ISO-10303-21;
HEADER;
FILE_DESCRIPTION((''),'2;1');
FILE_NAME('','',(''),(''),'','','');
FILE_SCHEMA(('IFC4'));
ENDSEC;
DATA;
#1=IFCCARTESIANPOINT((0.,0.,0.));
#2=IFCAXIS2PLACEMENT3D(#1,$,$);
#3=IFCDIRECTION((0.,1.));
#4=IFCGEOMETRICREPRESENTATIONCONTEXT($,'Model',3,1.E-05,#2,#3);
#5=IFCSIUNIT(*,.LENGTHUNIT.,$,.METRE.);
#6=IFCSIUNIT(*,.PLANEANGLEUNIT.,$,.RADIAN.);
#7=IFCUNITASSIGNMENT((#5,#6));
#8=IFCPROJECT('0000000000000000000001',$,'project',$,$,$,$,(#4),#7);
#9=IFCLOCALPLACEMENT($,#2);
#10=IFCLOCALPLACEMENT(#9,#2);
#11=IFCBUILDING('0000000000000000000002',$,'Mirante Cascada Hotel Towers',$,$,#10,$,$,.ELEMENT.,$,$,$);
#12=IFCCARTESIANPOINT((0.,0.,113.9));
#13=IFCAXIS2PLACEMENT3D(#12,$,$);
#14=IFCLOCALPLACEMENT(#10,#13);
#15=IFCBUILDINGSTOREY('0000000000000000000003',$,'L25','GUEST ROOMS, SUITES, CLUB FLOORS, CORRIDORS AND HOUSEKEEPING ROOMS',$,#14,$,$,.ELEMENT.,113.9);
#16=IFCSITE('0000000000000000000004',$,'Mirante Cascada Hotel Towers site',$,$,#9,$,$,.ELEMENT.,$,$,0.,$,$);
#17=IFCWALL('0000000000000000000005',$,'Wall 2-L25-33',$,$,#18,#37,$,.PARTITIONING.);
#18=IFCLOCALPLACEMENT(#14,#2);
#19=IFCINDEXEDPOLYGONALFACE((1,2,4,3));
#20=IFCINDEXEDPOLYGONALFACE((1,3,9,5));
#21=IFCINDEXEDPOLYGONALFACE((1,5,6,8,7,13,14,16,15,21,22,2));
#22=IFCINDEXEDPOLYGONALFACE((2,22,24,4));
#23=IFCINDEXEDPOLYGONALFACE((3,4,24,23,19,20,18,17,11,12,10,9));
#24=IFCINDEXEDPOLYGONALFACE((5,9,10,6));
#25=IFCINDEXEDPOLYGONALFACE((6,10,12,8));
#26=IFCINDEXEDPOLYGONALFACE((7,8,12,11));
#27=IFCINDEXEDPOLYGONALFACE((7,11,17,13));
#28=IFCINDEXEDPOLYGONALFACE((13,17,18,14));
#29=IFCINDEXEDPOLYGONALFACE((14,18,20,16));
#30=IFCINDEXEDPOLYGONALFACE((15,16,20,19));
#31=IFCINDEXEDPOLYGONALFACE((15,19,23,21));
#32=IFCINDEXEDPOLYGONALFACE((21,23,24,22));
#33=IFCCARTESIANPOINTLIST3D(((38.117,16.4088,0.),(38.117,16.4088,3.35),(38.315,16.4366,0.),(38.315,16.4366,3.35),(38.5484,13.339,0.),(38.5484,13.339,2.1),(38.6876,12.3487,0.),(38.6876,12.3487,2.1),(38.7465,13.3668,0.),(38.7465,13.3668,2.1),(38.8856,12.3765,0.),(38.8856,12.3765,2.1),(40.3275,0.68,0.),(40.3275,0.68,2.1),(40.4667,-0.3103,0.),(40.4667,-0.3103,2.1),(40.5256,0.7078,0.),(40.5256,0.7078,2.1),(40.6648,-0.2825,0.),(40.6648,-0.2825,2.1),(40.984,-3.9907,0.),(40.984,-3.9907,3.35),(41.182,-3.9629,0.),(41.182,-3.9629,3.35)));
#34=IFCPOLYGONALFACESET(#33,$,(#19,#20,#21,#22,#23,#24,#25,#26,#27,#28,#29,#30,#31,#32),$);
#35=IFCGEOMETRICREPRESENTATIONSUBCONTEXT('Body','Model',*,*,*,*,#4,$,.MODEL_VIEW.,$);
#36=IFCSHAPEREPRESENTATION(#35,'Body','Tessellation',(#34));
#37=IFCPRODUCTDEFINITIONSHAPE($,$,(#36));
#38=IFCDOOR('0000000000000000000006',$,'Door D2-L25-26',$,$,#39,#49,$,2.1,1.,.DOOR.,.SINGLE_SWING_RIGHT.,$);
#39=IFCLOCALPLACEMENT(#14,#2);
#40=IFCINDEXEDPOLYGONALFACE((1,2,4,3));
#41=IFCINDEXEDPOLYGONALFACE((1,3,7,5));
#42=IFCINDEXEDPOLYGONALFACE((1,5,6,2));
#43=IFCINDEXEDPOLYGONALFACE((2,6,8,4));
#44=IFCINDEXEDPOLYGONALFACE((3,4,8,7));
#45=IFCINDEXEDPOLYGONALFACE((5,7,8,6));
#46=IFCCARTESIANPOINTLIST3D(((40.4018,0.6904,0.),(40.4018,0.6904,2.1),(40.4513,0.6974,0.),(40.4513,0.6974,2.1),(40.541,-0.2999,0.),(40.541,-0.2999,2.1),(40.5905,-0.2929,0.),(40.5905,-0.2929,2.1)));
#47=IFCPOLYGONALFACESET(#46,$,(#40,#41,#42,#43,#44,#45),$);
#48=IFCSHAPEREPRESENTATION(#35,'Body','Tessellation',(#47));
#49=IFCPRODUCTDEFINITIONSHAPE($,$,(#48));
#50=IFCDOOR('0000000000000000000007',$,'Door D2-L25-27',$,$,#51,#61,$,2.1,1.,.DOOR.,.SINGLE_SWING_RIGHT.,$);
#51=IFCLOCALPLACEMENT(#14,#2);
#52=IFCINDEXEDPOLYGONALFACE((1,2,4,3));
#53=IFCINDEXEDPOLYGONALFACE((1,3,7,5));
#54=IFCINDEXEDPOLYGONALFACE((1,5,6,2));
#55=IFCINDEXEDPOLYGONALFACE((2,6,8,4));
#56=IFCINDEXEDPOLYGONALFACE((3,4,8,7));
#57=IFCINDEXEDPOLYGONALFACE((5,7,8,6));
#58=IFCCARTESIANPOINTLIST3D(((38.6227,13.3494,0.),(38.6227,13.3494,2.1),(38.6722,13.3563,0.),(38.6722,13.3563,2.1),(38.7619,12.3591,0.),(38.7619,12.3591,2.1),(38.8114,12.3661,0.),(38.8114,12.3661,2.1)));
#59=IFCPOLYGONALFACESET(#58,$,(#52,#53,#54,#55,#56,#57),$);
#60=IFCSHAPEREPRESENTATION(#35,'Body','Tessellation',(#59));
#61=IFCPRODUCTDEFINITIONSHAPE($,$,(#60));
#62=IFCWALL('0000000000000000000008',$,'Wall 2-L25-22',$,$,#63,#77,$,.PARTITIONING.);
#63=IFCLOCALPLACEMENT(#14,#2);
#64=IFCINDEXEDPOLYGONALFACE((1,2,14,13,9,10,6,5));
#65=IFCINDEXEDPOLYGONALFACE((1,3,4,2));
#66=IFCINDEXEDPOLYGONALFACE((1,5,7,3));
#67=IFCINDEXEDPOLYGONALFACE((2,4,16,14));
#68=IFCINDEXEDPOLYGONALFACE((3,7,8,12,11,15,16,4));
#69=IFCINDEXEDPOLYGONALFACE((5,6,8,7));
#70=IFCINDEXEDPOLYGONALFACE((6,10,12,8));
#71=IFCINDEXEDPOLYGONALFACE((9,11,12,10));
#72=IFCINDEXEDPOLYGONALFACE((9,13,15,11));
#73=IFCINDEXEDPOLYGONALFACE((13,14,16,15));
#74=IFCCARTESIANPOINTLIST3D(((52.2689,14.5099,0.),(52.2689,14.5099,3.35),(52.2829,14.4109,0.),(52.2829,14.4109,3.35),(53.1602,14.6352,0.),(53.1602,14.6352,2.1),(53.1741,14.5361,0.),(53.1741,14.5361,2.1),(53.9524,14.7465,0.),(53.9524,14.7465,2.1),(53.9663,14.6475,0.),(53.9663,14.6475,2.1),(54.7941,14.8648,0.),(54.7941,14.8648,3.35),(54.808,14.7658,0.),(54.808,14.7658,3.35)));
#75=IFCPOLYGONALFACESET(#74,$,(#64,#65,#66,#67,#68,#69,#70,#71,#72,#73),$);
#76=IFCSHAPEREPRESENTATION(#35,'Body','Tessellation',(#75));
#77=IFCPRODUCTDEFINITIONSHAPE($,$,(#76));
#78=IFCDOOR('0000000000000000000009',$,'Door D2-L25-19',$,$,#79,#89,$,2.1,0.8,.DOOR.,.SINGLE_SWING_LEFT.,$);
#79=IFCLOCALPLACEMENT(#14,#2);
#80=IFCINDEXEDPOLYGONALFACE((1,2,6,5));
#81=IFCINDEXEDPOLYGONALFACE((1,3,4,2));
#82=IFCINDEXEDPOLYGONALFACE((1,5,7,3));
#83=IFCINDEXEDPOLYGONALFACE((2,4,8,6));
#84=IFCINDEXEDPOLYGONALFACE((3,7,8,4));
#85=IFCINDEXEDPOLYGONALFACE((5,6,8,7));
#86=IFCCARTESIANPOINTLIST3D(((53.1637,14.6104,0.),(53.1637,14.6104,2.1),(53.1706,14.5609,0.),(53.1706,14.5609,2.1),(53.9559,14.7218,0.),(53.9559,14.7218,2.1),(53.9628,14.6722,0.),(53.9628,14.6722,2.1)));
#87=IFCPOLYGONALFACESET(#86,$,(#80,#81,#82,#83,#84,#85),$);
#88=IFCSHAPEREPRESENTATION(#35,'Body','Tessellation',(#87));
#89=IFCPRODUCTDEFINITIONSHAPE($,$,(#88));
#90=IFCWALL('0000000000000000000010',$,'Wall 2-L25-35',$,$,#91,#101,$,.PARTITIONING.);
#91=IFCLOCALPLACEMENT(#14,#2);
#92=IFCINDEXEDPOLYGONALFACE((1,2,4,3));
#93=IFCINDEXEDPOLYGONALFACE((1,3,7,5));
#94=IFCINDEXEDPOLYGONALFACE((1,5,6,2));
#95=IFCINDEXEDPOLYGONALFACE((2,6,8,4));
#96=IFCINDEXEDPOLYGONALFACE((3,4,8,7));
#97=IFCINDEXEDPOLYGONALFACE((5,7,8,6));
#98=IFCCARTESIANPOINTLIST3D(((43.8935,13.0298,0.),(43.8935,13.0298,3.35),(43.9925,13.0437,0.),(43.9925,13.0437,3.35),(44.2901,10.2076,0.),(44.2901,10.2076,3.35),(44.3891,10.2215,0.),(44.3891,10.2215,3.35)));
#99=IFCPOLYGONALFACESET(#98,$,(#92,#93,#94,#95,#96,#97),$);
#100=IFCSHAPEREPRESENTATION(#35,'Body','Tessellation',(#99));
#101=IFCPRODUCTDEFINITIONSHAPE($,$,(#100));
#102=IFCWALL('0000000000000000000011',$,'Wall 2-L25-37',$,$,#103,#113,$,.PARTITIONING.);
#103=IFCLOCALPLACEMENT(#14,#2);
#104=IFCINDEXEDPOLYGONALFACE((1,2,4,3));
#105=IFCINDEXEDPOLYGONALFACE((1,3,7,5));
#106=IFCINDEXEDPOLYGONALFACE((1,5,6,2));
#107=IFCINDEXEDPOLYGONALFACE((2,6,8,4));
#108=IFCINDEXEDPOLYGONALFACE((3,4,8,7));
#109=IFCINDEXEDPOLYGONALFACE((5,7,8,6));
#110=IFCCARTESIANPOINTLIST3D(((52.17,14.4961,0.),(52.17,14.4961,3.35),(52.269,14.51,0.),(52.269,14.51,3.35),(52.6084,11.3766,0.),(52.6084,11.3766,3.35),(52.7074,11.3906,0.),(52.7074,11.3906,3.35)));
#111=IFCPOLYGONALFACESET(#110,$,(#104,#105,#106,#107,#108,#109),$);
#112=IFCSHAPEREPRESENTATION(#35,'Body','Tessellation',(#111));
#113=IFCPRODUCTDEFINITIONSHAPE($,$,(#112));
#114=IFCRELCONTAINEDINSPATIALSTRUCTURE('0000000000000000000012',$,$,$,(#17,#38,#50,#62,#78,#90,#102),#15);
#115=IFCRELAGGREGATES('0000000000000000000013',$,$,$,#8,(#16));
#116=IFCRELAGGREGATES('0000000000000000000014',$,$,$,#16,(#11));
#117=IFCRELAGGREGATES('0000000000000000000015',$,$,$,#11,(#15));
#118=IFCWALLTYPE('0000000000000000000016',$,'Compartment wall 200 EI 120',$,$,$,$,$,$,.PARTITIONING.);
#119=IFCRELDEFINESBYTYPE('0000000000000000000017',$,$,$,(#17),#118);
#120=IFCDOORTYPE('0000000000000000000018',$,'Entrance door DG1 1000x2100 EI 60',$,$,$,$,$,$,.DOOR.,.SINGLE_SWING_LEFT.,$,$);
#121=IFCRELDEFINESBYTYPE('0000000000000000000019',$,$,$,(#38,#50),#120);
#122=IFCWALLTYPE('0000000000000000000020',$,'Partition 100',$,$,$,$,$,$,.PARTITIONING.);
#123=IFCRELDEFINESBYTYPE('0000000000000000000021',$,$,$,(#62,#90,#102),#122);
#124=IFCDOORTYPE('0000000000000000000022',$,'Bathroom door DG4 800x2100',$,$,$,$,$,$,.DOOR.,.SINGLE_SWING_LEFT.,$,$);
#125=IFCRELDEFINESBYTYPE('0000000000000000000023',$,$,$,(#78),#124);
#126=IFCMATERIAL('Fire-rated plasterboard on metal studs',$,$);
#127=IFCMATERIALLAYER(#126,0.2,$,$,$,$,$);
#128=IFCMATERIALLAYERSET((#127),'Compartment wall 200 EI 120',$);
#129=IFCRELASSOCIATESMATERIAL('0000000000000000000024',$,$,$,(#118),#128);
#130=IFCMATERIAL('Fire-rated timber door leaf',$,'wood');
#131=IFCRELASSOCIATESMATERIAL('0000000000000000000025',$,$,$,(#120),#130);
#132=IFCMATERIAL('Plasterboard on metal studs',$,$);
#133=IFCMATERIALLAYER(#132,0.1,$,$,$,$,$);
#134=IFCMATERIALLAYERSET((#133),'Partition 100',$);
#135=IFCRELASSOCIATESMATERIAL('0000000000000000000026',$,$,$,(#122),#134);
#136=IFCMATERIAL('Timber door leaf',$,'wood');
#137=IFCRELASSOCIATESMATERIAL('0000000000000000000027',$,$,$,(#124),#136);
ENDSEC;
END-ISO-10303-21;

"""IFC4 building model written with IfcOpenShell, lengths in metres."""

from ifc_helpers import new_model, si_unit, direction, frame, frame_2d, origin, place, context, subcontext, project, spatial, rectangle, extrude, material, layer, layer_set, type_object, element, fill, save


model = new_model("IFC4")

# Units and contexts
model_context = context("Model", 3, precision=1e-05, world=origin(), true_north=direction((0.0, 1.0)))
body_context = subcontext(model_context, "Body", "Model", "MODEL_VIEW")
ifc_project = project(units=[si_unit("LENGTHUNIT", "METRE"), si_unit("PLANEANGLEUNIT", "RADIAN")], contexts=[model_context])

# Site, building, storey
site_placement = place(None, origin())
site = spatial("IfcSite", under=ifc_project, at=site_placement, Name="Mirante Cascada Hotel Towers site", CompositionType="ELEMENT", RefElevation=0.0)
building_placement = place(site_placement, origin())
building = spatial("IfcBuilding", under=site, at=building_placement, Name="Mirante Cascada Hotel Towers", CompositionType="ELEMENT")
storey_placement = place(building_placement, frame((0.0, 0.0, 113.9)))
storey = spatial("IfcBuildingStorey", under=building, at=storey_placement, Name="L25", Description="GUEST ROOMS, SUITES, CLUB FLOORS, CORRIDORS AND HOUSEKEEPING ROOMS", CompositionType="ELEMENT", Elevation=113.9)

# Shared definitions
ifc_material_1 = material(Name="Fire-rated plasterboard on metal studs")
ifc_layer_1 = layer(ifc_material_1, 0.2)
ifc_layer_set_1 = layer_set([ifc_layer_1], Name="Compartment wall 200 EI 120")
wall_type_1 = type_object("IfcWallType", Name="Compartment wall 200 EI 120", PredefinedType="PARTITIONING", material=ifc_layer_set_1)

# Wall, openings, doors
wall_1_placement = place(storey_placement, frame((38.216, 16.4227, 0.0), z_axis=(0.0, 0.0, 1.0), x_axis=(0.139175, -0.990268, 0.0)))
wall_1 = element("IfcWall", 1, at=wall_1_placement, inside=storey, type_object=wall_type_1, Name="Wall 2-L25-33", PredefinedType="PARTITIONING", context=body_context, shape_type="SweptSolid", body=[
    extrude(rectangle(XDim=20.6, YDim=0.2, at=frame_2d((10.3, 0.0))), origin(), (0.0, 0.0, 1.0), 3.35),
])
opening_1_placement = place(wall_1_placement, frame((15.8834, 0.0, 0.0)))
opening_1 = element("IfcOpeningElement", 2, at=opening_1_placement, cuts=wall_1, PredefinedType="OPENING", context=body_context, shape_type="SweptSolid", body=[
    extrude(rectangle(XDim=1.0, YDim=2.1, at=frame_2d((0.5, 1.05))), frame((0.0, 0.1, 0.0), z_axis=(0.0, -1.0, 0.0), x_axis=(1.0, 0.0, 0.0)), (0.0, 0.0, 1.0), 0.2),
])
opening_2_placement = place(wall_1_placement, frame((3.1, 0.0, 0.0)))
opening_2 = element("IfcOpeningElement", 3, at=opening_2_placement, cuts=wall_1, PredefinedType="OPENING", context=body_context, shape_type="SweptSolid", body=[
    extrude(rectangle(XDim=1.0, YDim=2.1, at=frame_2d((0.5, 1.05))), frame((0.0, 0.1, 0.0), z_axis=(0.0, -1.0, 0.0), x_axis=(1.0, 0.0, 0.0)), (0.0, 0.0, 1.0), 0.2),
])
ifc_material_2 = material(Name="Fire-rated timber door leaf", Category="wood")
door_type_1 = type_object("IfcDoorType", Name="Entrance door DG1 1000x2100 EI 60", OperationType="SINGLE_SWING_LEFT", PredefinedType="DOOR", material=ifc_material_2)
door_1_placement = place(opening_1_placement, frame((1.0, 0.0, 0.0), z_axis=(0.0, 0.0, 1.0), x_axis=(-1.0, 0.0, 0.0)))
door_1 = element("IfcDoor", 4, at=door_1_placement, inside=storey, type_object=door_type_1, Name="Door D2-L25-26", OperationType="SINGLE_SWING_RIGHT", OverallHeight=2.1, OverallWidth=1.0, PredefinedType="DOOR", context=body_context, shape_type="SweptSolid", body=[
    extrude(rectangle(XDim=1.0, YDim=2.1, at=frame_2d((0.5, 1.05))), frame((0.0, 0.025, 0.0), z_axis=(0.0, -1.0, 0.0), x_axis=(1.0, 0.0, 0.0)), (0.0, 0.0, 1.0), 0.05),
])
fill(opening_1, door_1)
door_2_placement = place(opening_2_placement, frame((1.0, 0.0, 0.0), z_axis=(0.0, 0.0, 1.0), x_axis=(-1.0, 0.0, 0.0)))
door_2 = element("IfcDoor", 5, at=door_2_placement, inside=storey, type_object=door_type_1, Name="Door D2-L25-27", OperationType="SINGLE_SWING_RIGHT", OverallHeight=2.1, OverallWidth=1.0, PredefinedType="DOOR", context=body_context, shape_type="SweptSolid", body=[
    extrude(rectangle(XDim=1.0, YDim=2.1, at=frame_2d((0.5, 1.05))), frame((0.0, 0.025, 0.0), z_axis=(0.0, -1.0, 0.0), x_axis=(1.0, 0.0, 0.0)), (0.0, 0.0, 1.0), 0.05),
])
fill(opening_2, door_2)

# Wall, opening, door
ifc_material_3 = material(Name="Plasterboard on metal studs")
ifc_layer_2 = layer(ifc_material_3, 0.1)
ifc_layer_set_2 = layer_set([ifc_layer_2], Name="Partition 100")
wall_type_2 = type_object("IfcWallType", Name="Partition 100", PredefinedType="PARTITIONING", material=ifc_layer_set_2)
wall_2_placement = place(storey_placement, frame((52.2759, 14.4604, 0.0), z_axis=(0.0, 0.0, 1.0), x_axis=(0.990268, 0.139176, 0.0)))
wall_2 = element("IfcWall", 6, at=wall_2_placement, inside=storey, type_object=wall_type_2, Name="Wall 2-L25-22", PredefinedType="PARTITIONING", context=body_context, shape_type="SweptSolid", body=[
    extrude(rectangle(XDim=2.55, YDim=0.1, at=frame_2d((1.275, 0.0))), origin(), (0.0, 0.0, 1.0), 3.35),
])
opening_3_placement = place(wall_2_placement, frame((0.9, 0.0, 0.0)))
opening_3 = element("IfcOpeningElement", 7, at=opening_3_placement, cuts=wall_2, PredefinedType="OPENING", context=body_context, shape_type="SweptSolid", body=[
    extrude(rectangle(XDim=0.8, YDim=2.1, at=frame_2d((0.4, 1.05))), frame((0.0, 0.05, 0.0), z_axis=(0.0, -1.0, 0.0), x_axis=(1.0, 0.0, 0.0)), (0.0, 0.0, 1.0), 0.1),
])
ifc_material_4 = material(Name="Timber door leaf", Category="wood")
door_type_2 = type_object("IfcDoorType", Name="Bathroom door DG4 800x2100", OperationType="SINGLE_SWING_LEFT", PredefinedType="DOOR", material=ifc_material_4)
door_3_placement = place(opening_3_placement, origin())
door_3 = element("IfcDoor", 8, at=door_3_placement, inside=storey, type_object=door_type_2, Name="Door D2-L25-19", OperationType="SINGLE_SWING_LEFT", OverallHeight=2.1, OverallWidth=0.8, PredefinedType="DOOR", context=body_context, shape_type="SweptSolid", body=[
    extrude(rectangle(XDim=0.8, YDim=2.1, at=frame_2d((0.4, 1.05))), frame((0.0, 0.025, 0.0), z_axis=(0.0, -1.0, 0.0), x_axis=(1.0, 0.0, 0.0)), (0.0, 0.0, 1.0), 0.05),
])
fill(opening_3, door_3)

# Walls
wall_3_placement = place(storey_placement, frame((43.943, 13.0368, 0.0), z_axis=(0.0, 0.0, 1.0), x_axis=(0.139161, -0.99027, 0.0)))
element("IfcWall", 9, at=wall_3_placement, inside=storey, type_object=wall_type_2, Name="Wall 2-L25-35", PredefinedType="PARTITIONING", context=body_context, shape_type="SweptSolid", body=[
    extrude(rectangle(XDim=2.8499, YDim=0.1, at=frame_2d((1.425, 0.0))), origin(), (0.0, 0.0, 1.0), 3.35),
])
wall_4_placement = place(storey_placement, frame((52.2195, 14.503, 0.0), z_axis=(0.0, 0.0, 1.0), x_axis=(0.139172, -0.990268, 0.0)))
element("IfcWall", 10, at=wall_4_placement, inside=storey, type_object=wall_type_2, Name="Wall 2-L25-37", PredefinedType="PARTITIONING", context=body_context, shape_type="SweptSolid", body=[
    extrude(rectangle(XDim=3.1501, YDim=0.1, at=frame_2d((1.575, 0.0))), origin(), (0.0, 0.0, 1.0), 3.35),
])

save(model, "model.ifc")
